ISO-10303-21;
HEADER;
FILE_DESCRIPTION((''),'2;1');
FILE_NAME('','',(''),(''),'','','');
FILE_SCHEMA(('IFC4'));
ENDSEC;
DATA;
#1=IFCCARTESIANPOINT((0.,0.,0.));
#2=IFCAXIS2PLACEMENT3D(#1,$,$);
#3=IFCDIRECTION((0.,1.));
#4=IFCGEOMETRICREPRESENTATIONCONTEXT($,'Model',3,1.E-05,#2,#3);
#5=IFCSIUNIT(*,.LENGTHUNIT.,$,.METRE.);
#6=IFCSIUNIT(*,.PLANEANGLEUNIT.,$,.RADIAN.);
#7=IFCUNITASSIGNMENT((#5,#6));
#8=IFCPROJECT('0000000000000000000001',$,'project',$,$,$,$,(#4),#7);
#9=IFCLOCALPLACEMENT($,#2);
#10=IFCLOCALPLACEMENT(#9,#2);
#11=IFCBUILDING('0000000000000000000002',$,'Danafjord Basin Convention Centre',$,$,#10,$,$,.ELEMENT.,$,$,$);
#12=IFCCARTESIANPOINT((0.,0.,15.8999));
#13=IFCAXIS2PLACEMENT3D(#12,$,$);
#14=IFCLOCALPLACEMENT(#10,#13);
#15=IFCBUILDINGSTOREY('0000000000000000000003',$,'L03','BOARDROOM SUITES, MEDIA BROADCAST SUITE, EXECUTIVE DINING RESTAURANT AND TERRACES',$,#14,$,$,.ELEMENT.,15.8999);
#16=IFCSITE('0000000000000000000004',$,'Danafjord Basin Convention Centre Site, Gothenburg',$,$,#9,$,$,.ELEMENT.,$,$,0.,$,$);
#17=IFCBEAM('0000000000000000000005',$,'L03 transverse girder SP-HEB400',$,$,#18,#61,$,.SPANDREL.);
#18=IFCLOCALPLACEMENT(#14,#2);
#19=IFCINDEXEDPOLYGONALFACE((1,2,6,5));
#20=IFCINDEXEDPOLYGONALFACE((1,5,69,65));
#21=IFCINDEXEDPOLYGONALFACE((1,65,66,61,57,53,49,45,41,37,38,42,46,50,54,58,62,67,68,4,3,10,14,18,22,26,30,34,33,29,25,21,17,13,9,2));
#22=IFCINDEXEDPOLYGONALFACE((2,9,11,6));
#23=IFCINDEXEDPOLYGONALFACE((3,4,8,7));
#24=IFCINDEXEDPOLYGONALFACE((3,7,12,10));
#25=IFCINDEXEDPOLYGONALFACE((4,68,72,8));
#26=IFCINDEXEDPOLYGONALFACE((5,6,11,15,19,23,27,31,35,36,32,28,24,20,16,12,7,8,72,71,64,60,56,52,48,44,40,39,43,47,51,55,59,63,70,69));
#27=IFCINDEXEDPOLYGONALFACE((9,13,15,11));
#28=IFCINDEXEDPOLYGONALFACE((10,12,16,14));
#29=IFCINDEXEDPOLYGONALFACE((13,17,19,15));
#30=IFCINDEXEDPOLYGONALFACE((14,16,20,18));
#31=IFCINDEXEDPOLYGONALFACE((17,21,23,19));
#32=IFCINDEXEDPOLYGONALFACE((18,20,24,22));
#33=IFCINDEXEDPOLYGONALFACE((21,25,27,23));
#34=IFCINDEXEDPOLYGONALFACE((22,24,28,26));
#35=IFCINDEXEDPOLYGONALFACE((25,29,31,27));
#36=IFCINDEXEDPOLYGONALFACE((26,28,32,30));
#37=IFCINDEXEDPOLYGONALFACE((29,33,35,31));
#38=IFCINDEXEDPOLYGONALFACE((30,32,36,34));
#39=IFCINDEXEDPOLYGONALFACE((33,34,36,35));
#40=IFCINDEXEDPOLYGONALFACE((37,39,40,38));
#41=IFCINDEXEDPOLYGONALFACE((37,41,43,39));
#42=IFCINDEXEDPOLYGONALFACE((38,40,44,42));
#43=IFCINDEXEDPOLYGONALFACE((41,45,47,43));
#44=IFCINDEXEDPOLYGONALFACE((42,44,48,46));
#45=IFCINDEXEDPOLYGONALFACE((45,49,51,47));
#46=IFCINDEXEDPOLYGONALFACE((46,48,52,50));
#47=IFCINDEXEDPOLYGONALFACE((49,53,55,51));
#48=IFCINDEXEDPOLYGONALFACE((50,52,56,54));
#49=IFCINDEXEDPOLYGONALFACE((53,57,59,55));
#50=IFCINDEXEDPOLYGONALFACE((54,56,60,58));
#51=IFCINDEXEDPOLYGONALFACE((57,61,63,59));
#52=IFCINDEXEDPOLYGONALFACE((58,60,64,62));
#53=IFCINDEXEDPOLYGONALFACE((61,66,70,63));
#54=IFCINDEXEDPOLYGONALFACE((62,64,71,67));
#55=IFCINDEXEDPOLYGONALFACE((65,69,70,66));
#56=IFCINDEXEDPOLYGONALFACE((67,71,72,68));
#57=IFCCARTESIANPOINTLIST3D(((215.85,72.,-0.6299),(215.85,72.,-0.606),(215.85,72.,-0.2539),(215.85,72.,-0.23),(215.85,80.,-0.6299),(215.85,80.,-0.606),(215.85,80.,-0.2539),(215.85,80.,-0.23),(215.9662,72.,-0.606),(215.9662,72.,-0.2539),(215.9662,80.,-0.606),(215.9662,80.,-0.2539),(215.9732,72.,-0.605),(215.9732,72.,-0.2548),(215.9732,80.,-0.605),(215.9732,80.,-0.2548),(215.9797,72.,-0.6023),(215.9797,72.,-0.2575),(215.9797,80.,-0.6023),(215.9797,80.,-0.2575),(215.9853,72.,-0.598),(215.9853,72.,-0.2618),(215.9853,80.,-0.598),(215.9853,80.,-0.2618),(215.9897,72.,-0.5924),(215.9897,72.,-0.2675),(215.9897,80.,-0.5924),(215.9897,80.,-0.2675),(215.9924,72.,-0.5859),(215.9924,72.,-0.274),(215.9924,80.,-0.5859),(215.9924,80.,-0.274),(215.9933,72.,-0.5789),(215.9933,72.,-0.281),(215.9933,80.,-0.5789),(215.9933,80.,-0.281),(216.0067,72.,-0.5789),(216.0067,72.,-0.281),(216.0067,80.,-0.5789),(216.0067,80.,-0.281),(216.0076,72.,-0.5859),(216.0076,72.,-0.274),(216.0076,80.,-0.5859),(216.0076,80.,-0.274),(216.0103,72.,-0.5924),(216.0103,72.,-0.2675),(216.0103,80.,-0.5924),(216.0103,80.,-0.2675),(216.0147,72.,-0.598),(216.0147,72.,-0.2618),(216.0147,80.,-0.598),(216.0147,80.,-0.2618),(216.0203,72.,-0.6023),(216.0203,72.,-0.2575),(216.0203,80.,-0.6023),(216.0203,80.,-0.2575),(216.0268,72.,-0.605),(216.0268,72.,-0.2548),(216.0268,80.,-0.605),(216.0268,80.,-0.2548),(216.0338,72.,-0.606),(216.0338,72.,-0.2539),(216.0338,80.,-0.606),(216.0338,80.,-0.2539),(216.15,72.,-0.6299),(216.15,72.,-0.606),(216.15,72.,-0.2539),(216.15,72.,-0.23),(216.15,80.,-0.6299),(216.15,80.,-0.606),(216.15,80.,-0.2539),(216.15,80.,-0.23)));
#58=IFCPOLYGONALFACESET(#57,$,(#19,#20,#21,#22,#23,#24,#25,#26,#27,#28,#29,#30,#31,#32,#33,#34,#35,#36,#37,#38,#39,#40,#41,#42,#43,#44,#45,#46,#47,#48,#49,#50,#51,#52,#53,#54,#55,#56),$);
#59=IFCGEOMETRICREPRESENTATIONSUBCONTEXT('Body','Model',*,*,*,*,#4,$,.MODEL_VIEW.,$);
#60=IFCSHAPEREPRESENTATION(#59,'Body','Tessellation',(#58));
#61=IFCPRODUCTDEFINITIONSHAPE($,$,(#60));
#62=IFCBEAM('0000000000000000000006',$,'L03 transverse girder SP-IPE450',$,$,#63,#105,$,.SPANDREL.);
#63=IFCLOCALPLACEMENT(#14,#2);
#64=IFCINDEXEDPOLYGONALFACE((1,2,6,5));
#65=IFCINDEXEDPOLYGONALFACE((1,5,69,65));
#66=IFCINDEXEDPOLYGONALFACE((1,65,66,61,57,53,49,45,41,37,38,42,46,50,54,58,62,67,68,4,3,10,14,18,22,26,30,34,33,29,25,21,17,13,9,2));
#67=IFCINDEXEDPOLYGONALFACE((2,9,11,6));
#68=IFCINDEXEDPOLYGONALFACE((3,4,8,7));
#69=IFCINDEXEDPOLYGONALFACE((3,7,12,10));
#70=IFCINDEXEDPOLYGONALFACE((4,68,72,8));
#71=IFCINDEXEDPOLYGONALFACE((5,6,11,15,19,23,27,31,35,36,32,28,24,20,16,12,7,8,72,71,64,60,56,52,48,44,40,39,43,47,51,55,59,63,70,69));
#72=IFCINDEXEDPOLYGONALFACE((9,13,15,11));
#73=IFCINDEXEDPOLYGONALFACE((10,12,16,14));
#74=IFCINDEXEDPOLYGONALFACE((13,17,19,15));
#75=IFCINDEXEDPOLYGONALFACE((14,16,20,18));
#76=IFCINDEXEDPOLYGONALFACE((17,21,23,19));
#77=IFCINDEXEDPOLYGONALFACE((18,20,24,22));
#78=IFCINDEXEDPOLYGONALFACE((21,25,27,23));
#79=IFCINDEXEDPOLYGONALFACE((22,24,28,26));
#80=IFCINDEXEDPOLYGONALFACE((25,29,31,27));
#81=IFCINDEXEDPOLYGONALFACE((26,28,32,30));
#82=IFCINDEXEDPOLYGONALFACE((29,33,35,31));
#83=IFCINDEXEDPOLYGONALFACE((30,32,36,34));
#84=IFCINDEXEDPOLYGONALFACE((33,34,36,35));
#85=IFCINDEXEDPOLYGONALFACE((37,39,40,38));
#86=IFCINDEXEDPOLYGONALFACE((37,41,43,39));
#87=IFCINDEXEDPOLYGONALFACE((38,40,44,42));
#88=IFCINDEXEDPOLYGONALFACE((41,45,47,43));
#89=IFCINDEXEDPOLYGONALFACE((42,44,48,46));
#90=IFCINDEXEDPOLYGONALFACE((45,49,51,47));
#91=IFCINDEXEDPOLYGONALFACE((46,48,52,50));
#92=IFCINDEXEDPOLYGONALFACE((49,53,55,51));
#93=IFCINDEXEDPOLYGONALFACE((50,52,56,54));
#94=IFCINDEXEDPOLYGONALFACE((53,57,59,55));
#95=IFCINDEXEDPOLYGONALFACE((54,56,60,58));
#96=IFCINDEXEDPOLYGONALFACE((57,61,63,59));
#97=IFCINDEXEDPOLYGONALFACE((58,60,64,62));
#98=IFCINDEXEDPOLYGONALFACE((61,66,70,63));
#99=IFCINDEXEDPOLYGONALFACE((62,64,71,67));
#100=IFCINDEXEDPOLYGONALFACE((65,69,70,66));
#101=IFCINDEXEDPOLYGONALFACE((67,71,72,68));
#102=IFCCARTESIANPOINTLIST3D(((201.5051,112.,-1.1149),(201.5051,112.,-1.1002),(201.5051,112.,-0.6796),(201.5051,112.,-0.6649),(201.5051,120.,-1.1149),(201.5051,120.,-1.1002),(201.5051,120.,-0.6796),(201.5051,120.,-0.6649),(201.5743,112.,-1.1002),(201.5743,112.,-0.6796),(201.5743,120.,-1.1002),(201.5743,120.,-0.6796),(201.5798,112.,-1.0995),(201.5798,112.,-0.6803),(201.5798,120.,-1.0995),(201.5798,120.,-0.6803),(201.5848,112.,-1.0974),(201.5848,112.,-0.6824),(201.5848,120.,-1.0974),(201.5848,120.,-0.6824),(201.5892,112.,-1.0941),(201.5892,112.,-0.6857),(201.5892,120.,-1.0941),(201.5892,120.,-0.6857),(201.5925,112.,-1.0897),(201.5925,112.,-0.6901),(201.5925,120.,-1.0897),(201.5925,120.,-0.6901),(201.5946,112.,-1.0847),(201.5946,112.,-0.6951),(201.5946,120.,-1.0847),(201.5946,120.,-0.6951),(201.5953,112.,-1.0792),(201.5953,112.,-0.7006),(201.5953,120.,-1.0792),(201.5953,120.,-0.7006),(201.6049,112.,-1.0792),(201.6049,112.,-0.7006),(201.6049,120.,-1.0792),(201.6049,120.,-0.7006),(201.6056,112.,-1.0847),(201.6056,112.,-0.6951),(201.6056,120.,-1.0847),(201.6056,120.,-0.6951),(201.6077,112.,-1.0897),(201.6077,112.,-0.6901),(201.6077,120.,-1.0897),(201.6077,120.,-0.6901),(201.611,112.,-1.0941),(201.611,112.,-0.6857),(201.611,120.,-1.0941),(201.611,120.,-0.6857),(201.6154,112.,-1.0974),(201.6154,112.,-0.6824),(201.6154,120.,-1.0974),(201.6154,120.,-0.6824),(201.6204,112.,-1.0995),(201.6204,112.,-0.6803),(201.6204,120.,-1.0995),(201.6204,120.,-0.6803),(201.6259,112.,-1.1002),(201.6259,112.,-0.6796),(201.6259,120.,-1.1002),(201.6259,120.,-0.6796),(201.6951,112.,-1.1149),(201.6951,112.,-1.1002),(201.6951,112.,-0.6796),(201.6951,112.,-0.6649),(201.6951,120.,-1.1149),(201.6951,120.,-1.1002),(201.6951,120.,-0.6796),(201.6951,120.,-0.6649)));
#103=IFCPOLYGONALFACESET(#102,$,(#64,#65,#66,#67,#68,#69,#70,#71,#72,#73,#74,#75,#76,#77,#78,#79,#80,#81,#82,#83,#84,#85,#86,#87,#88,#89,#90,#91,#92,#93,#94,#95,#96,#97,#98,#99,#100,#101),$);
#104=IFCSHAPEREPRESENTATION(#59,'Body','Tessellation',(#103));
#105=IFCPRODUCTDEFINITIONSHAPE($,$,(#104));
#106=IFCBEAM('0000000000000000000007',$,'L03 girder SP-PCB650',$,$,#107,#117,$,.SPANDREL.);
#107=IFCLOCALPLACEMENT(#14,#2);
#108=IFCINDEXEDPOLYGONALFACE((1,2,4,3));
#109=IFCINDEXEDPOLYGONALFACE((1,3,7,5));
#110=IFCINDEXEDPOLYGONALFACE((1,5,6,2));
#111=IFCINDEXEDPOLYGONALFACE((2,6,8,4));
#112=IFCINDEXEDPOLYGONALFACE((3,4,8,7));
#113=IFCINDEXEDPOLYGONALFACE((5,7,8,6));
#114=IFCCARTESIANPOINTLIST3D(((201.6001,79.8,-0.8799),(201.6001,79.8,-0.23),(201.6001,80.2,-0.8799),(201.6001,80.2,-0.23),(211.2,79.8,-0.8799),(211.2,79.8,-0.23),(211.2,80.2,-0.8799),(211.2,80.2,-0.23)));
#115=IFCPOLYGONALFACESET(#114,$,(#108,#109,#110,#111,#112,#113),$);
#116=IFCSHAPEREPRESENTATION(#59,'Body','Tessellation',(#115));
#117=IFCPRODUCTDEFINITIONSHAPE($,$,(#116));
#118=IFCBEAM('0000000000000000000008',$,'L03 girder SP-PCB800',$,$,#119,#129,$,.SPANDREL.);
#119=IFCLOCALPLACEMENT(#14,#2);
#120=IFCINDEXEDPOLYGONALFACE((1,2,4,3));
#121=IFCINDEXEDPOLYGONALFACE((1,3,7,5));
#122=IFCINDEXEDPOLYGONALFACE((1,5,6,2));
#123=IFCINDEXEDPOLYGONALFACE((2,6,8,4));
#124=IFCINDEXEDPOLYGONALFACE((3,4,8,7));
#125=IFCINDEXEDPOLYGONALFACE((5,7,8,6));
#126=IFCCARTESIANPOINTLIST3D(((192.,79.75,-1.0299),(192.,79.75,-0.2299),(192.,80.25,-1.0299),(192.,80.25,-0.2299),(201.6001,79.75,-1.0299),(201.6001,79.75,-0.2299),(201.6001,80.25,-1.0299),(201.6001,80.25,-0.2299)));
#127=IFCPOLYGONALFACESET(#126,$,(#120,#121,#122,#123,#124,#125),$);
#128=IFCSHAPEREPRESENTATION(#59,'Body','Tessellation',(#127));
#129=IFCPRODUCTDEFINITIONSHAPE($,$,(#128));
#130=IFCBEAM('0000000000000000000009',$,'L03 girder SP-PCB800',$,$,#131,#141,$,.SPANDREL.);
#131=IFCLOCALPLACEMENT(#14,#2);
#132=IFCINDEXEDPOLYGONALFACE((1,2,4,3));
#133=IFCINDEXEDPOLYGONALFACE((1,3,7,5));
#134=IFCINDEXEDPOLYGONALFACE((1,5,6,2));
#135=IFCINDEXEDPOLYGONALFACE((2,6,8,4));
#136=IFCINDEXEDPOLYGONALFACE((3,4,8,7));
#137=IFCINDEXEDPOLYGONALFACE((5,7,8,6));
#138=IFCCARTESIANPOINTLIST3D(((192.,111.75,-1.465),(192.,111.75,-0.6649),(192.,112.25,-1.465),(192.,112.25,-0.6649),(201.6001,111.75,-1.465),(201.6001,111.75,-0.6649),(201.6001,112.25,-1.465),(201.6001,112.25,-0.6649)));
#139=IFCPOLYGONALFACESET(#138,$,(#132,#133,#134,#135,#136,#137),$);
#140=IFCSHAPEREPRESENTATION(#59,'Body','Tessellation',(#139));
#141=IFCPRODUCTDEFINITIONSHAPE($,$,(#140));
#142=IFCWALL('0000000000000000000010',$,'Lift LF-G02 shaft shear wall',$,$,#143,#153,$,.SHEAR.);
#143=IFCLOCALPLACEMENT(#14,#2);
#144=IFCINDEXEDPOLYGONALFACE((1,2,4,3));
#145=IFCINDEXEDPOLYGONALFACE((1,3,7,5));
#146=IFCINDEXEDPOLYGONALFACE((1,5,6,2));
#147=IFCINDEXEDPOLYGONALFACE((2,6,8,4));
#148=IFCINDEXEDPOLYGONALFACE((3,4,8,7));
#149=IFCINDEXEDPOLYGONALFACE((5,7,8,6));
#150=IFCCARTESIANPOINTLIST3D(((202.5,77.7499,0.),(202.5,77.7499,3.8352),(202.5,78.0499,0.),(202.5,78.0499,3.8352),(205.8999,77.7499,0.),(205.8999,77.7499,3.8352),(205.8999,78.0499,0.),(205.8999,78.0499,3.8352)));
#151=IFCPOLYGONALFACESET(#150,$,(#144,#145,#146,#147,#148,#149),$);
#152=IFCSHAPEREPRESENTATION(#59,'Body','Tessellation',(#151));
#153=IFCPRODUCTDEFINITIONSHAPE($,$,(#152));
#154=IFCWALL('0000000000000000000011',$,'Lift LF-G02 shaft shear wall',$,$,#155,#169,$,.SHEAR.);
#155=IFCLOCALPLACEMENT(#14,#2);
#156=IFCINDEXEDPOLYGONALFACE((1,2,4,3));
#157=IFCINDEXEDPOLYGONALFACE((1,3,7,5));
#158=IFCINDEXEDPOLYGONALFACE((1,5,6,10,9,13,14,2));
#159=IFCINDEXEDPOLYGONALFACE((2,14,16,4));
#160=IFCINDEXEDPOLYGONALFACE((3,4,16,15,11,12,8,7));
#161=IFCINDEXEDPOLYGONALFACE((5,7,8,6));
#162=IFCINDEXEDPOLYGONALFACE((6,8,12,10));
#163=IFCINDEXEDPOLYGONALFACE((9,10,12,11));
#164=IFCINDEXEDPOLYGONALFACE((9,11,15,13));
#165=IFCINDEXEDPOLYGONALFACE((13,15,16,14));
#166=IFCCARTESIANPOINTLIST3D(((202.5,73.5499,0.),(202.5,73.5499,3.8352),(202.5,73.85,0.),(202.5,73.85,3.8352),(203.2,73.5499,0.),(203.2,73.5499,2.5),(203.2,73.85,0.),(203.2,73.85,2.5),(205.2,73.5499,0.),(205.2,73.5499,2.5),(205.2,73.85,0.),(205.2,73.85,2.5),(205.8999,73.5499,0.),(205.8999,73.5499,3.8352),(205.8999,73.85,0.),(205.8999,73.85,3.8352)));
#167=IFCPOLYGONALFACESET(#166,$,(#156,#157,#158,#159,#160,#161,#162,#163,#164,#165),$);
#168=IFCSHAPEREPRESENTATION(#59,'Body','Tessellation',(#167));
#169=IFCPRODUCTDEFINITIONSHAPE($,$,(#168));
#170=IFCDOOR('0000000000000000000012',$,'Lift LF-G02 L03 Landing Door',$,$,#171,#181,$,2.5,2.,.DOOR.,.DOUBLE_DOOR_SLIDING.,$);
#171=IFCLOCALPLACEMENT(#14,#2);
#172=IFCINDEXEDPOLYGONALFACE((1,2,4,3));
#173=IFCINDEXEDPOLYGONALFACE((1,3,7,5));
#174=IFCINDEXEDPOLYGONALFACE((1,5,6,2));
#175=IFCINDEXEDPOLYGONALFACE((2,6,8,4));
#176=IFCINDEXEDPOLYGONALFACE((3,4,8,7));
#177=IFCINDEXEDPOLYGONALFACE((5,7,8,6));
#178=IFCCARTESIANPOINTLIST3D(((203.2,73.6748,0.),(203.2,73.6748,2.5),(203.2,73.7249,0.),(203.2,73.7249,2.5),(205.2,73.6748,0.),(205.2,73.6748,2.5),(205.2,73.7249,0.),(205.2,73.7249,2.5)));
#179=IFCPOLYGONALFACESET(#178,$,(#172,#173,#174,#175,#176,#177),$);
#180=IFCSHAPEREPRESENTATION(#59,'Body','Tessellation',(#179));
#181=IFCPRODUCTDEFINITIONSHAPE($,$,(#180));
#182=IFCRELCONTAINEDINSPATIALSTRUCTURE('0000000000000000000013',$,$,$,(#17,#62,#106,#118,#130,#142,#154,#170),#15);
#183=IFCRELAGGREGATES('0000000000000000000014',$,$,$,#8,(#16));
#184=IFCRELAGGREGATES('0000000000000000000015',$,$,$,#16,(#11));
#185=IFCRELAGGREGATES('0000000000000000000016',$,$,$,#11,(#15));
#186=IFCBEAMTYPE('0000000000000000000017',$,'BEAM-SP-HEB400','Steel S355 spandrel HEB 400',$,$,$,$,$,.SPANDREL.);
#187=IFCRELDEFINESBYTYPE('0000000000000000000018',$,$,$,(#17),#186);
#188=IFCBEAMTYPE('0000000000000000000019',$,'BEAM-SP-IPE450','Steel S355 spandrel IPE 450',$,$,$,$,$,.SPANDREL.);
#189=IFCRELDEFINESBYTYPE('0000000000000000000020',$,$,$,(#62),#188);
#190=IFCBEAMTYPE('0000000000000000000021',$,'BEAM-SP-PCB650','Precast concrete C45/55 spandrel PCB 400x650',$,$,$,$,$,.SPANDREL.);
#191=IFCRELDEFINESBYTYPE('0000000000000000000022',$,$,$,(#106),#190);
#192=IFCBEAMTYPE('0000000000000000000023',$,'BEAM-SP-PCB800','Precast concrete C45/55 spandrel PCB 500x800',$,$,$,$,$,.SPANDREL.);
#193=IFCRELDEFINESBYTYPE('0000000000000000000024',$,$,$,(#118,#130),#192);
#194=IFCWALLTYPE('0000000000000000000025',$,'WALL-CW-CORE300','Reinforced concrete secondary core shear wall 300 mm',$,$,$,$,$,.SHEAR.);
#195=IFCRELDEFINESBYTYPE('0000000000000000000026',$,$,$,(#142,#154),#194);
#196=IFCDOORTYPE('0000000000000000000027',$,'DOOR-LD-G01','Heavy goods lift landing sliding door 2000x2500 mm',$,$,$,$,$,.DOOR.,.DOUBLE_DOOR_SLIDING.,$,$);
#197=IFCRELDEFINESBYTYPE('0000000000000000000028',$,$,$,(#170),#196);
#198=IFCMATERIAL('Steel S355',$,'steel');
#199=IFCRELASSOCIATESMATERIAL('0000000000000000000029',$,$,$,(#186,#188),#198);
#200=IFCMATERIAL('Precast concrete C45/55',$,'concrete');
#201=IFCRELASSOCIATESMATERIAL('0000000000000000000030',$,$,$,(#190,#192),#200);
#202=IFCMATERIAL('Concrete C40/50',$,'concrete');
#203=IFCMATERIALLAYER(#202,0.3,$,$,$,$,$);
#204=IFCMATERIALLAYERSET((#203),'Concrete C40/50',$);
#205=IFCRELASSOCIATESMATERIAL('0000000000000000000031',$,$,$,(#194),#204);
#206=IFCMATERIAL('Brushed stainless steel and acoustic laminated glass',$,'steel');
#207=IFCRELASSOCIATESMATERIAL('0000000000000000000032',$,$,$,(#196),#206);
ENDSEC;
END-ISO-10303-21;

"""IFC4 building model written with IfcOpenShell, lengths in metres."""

from ifc_helpers import new_model, si_unit, direction, frame, frame_2d, origin, origin_2d, place, context, subcontext, project, spatial, rectangle, i_section, extrude, material, layer, layer_set, material_profile, profile_set, type_object, element, fill, save


model = new_model("IFC4")

# Units and contexts
model_context = context("Model", 3, precision=1e-05, world=origin(), true_north=direction((0.0, 1.0)))
body_context = subcontext(model_context, "Body", "Model", "MODEL_VIEW")
ifc_project = project(units=[si_unit("LENGTHUNIT", "METRE"), si_unit("PLANEANGLEUNIT", "RADIAN")], contexts=[model_context])

# Site, building, storey
site_placement = place(None, origin())
site = spatial("IfcSite", under=ifc_project, at=site_placement, Name="Danafjord Basin Convention Centre Site, Gothenburg", CompositionType="ELEMENT", RefElevation=0.0)
building_placement = place(site_placement, origin())
building = spatial("IfcBuilding", under=site, at=building_placement, Name="Danafjord Basin Convention Centre", CompositionType="ELEMENT")
storey_placement = place(building_placement, frame((0.0, 0.0, 15.8999)))
storey = spatial("IfcBuildingStorey", under=building, at=storey_placement, Name="L03", Description="BOARDROOM SUITES, MEDIA BROADCAST SUITE, EXECUTIVE DINING RESTAURANT AND TERRACES", CompositionType="ELEMENT", Elevation=15.8999)

# Shared definitions
ifc_material_1 = material(Name="Steel S355", Category="steel")

# Beams
ifc_material_profile_1 = material_profile(ifc_material_1, i_section(OverallWidth=0.3, OverallDepth=0.3999, WebThickness=0.0134, FlangeThickness=0.0239, FilletRadius=0.0271, at=origin_2d()), Name="HEB 400")
ifc_profile_set_1 = profile_set([ifc_material_profile_1], Name="Steel S355")
beam_type_1 = type_object("IfcBeamType", Name="BEAM-SP-HEB400", Description="Steel S355 spandrel HEB 400", PredefinedType="SPANDREL", material=ifc_profile_set_1)
for number, where, z_axis, x_axis, name in (
    (1, (216.0, 72.0, -0.4299), (0.0, 1.0, 0.0), (-1.0, 0.0, 0.0), "L03 transverse girder SP-HEB400"),
):
    element("IfcBeam", number, at=place(storey_placement, frame(where, z_axis=z_axis, x_axis=x_axis)), inside=storey, type_object=beam_type_1, Name=name, PredefinedType="SPANDREL", context=body_context, shape_type="SweptSolid", body=[
        extrude(i_section(OverallWidth=0.3, OverallDepth=0.3999, WebThickness=0.0134, FlangeThickness=0.0239, FilletRadius=0.0271, at=origin_2d()), origin(), (0.0, 0.0, 1.0), 8.0),
    ])
ifc_material_profile_2 = material_profile(ifc_material_1, i_section(OverallWidth=0.1899, OverallDepth=0.45, WebThickness=0.0095, FlangeThickness=0.0146, FilletRadius=0.021, at=origin_2d()), Name="IPE 450")
ifc_profile_set_2 = profile_set([ifc_material_profile_2], Name="Steel S355")
beam_type_2 = type_object("IfcBeamType", Name="BEAM-SP-IPE450", Description="Steel S355 spandrel IPE 450", PredefinedType="SPANDREL", material=ifc_profile_set_2)
beam_1_placement = place(storey_placement, frame((201.6001, 112.0, -0.8899), z_axis=(0.0, 1.0, 0.0), x_axis=(-1.0, 0.0, 0.0)))
element("IfcBeam", 2, at=beam_1_placement, inside=storey, type_object=beam_type_2, Name="L03 transverse girder SP-IPE450", PredefinedType="SPANDREL", context=body_context, shape_type="SweptSolid", body=[
    extrude(i_section(OverallWidth=0.1899, OverallDepth=0.45, WebThickness=0.0095, FlangeThickness=0.0146, FilletRadius=0.021, at=origin_2d()), origin(), (0.0, 0.0, 1.0), 8.0),
])
ifc_material_2 = material(Name="Precast concrete C45/55", Category="concrete")
ifc_material_profile_3 = material_profile(ifc_material_2, rectangle(XDim=0.3999, YDim=0.6499, at=origin_2d()), Name="PCB 400x650")
ifc_profile_set_3 = profile_set([ifc_material_profile_3], Name="Precast concrete C45/55")
beam_type_3 = type_object("IfcBeamType", Name="BEAM-SP-PCB650", Description="Precast concrete C45/55 spandrel PCB 400x650", PredefinedType="SPANDREL", material=ifc_profile_set_3)
beam_2_placement = place(storey_placement, frame((201.6001, 80.0, -0.5549), z_axis=(1.0, 0.0, 0.0), x_axis=(0.0, 1.0, 0.0)))
element("IfcBeam", 3, at=beam_2_placement, inside=storey, type_object=beam_type_3, Name="L03 girder SP-PCB650", PredefinedType="SPANDREL", context=body_context, shape_type="SweptSolid", body=[
    extrude(rectangle(XDim=0.3999, YDim=0.6499, at=origin_2d()), origin(), (0.0, 0.0, 1.0), 9.5999),
])
ifc_material_profile_4 = material_profile(ifc_material_2, rectangle(XDim=0.5, YDim=0.8, at=origin_2d()), Name="PCB 500x800")
ifc_profile_set_4 = profile_set([ifc_material_profile_4], Name="Precast concrete C45/55")
beam_type_4 = type_object("IfcBeamType", Name="BEAM-SP-PCB800", Description="Precast concrete C45/55 spandrel PCB 500x800", PredefinedType="SPANDREL", material=ifc_profile_set_4)
for number, where, z_axis, x_axis, name in (
    (4, (192.0, 80.0, -0.6299), (1.0, 0.0, 0.0), (0.0, 1.0, 0.0), "L03 girder SP-PCB800"),
    (5, (192.0, 112.0, -1.0649), (1.0, 0.0, 0.0), (0.0, 1.0, 0.0), "L03 girder SP-PCB800"),
):
    element("IfcBeam", number, at=place(storey_placement, frame(where, z_axis=z_axis, x_axis=x_axis)), inside=storey, type_object=beam_type_4, Name=name, PredefinedType="SPANDREL", context=body_context, shape_type="SweptSolid", body=[
        extrude(rectangle(XDim=0.5, YDim=0.8, at=origin_2d()), origin(), (0.0, 0.0, 1.0), 9.6001),
    ])

# Wall
ifc_material_3 = material(Name="Concrete C40/50", Category="concrete")
ifc_layer_1 = layer(ifc_material_3, 0.3)
ifc_layer_set_1 = layer_set([ifc_layer_1], Name="Concrete C40/50")
wall_type_1 = type_object("IfcWallType", Name="WALL-CW-CORE300", Description="Reinforced concrete secondary core shear wall 300 mm", PredefinedType="SHEAR", material=ifc_layer_set_1)
wall_1_placement = place(storey_placement, frame((205.8999, 77.8999, 0.0), z_axis=(0.0, 0.0, 1.0), x_axis=(-1.0, 0.0, 0.0)))
element("IfcWall", 6, at=wall_1_placement, inside=storey, type_object=wall_type_1, Name="Lift LF-G02 shaft shear wall", PredefinedType="SHEAR", context=body_context, shape_type="SweptSolid", body=[
    extrude(rectangle(XDim=3.3999, YDim=0.3, at=frame_2d((1.7, 0.0))), origin(), (0.0, 0.0, 1.0), 3.8352),
])

# Wall, opening, door
wall_2_placement = place(storey_placement, frame((202.5, 73.7, 0.0), z_axis=(0.0, 0.0, 1.0), x_axis=(1.0, 0.0, 0.0)))
wall_2 = element("IfcWall", 7, at=wall_2_placement, inside=storey, type_object=wall_type_1, Name="Lift LF-G02 shaft shear wall", PredefinedType="SHEAR", context=body_context, shape_type="SweptSolid", body=[
    extrude(rectangle(XDim=3.3999, YDim=0.3, at=frame_2d((1.7, 0.0))), origin(), (0.0, 0.0, 1.0), 3.8352),
])
opening_1_placement = place(wall_2_placement, frame((0.7, 0.0, 0.0)))
opening_1 = element("IfcOpeningElement", 8, at=opening_1_placement, cuts=wall_2, PredefinedType="OPENING", context=body_context, shape_type="SweptSolid", body=[
    extrude(rectangle(XDim=2.0, YDim=2.5, at=frame_2d((1.0, 1.25))), frame((0.0, 0.1599, 0.0), z_axis=(0.0, -1.0, 0.0), x_axis=(1.0, 0.0, 0.0)), (0.0, 0.0, 1.0), 0.3201),
])
ifc_material_4 = material(Name="Brushed stainless steel and acoustic laminated glass", Category="steel")
door_type_1 = type_object("IfcDoorType", Name="DOOR-LD-G01", Description="Heavy goods lift landing sliding door 2000x2500 mm", OperationType="DOUBLE_DOOR_SLIDING", PredefinedType="DOOR", material=ifc_material_4)
door_1_placement = place(opening_1_placement, origin())
door_1 = element("IfcDoor", 9, at=door_1_placement, inside=storey, type_object=door_type_1, Name="Lift LF-G02 L03 Landing Door", OperationType="DOUBLE_DOOR_SLIDING", OverallHeight=2.5, OverallWidth=2.0, PredefinedType="DOOR", context=body_context, shape_type="SweptSolid", body=[
    extrude(rectangle(XDim=2.0, YDim=2.5, at=frame_2d((1.0, 1.25))), frame((0.0, 0.0249, 0.0), z_axis=(0.0, -1.0, 0.0), x_axis=(1.0, 0.0, 0.0)), (0.0, 0.0, 1.0), 0.05),
])
fill(opening_1, door_1)

save(model, "model.ifc")
